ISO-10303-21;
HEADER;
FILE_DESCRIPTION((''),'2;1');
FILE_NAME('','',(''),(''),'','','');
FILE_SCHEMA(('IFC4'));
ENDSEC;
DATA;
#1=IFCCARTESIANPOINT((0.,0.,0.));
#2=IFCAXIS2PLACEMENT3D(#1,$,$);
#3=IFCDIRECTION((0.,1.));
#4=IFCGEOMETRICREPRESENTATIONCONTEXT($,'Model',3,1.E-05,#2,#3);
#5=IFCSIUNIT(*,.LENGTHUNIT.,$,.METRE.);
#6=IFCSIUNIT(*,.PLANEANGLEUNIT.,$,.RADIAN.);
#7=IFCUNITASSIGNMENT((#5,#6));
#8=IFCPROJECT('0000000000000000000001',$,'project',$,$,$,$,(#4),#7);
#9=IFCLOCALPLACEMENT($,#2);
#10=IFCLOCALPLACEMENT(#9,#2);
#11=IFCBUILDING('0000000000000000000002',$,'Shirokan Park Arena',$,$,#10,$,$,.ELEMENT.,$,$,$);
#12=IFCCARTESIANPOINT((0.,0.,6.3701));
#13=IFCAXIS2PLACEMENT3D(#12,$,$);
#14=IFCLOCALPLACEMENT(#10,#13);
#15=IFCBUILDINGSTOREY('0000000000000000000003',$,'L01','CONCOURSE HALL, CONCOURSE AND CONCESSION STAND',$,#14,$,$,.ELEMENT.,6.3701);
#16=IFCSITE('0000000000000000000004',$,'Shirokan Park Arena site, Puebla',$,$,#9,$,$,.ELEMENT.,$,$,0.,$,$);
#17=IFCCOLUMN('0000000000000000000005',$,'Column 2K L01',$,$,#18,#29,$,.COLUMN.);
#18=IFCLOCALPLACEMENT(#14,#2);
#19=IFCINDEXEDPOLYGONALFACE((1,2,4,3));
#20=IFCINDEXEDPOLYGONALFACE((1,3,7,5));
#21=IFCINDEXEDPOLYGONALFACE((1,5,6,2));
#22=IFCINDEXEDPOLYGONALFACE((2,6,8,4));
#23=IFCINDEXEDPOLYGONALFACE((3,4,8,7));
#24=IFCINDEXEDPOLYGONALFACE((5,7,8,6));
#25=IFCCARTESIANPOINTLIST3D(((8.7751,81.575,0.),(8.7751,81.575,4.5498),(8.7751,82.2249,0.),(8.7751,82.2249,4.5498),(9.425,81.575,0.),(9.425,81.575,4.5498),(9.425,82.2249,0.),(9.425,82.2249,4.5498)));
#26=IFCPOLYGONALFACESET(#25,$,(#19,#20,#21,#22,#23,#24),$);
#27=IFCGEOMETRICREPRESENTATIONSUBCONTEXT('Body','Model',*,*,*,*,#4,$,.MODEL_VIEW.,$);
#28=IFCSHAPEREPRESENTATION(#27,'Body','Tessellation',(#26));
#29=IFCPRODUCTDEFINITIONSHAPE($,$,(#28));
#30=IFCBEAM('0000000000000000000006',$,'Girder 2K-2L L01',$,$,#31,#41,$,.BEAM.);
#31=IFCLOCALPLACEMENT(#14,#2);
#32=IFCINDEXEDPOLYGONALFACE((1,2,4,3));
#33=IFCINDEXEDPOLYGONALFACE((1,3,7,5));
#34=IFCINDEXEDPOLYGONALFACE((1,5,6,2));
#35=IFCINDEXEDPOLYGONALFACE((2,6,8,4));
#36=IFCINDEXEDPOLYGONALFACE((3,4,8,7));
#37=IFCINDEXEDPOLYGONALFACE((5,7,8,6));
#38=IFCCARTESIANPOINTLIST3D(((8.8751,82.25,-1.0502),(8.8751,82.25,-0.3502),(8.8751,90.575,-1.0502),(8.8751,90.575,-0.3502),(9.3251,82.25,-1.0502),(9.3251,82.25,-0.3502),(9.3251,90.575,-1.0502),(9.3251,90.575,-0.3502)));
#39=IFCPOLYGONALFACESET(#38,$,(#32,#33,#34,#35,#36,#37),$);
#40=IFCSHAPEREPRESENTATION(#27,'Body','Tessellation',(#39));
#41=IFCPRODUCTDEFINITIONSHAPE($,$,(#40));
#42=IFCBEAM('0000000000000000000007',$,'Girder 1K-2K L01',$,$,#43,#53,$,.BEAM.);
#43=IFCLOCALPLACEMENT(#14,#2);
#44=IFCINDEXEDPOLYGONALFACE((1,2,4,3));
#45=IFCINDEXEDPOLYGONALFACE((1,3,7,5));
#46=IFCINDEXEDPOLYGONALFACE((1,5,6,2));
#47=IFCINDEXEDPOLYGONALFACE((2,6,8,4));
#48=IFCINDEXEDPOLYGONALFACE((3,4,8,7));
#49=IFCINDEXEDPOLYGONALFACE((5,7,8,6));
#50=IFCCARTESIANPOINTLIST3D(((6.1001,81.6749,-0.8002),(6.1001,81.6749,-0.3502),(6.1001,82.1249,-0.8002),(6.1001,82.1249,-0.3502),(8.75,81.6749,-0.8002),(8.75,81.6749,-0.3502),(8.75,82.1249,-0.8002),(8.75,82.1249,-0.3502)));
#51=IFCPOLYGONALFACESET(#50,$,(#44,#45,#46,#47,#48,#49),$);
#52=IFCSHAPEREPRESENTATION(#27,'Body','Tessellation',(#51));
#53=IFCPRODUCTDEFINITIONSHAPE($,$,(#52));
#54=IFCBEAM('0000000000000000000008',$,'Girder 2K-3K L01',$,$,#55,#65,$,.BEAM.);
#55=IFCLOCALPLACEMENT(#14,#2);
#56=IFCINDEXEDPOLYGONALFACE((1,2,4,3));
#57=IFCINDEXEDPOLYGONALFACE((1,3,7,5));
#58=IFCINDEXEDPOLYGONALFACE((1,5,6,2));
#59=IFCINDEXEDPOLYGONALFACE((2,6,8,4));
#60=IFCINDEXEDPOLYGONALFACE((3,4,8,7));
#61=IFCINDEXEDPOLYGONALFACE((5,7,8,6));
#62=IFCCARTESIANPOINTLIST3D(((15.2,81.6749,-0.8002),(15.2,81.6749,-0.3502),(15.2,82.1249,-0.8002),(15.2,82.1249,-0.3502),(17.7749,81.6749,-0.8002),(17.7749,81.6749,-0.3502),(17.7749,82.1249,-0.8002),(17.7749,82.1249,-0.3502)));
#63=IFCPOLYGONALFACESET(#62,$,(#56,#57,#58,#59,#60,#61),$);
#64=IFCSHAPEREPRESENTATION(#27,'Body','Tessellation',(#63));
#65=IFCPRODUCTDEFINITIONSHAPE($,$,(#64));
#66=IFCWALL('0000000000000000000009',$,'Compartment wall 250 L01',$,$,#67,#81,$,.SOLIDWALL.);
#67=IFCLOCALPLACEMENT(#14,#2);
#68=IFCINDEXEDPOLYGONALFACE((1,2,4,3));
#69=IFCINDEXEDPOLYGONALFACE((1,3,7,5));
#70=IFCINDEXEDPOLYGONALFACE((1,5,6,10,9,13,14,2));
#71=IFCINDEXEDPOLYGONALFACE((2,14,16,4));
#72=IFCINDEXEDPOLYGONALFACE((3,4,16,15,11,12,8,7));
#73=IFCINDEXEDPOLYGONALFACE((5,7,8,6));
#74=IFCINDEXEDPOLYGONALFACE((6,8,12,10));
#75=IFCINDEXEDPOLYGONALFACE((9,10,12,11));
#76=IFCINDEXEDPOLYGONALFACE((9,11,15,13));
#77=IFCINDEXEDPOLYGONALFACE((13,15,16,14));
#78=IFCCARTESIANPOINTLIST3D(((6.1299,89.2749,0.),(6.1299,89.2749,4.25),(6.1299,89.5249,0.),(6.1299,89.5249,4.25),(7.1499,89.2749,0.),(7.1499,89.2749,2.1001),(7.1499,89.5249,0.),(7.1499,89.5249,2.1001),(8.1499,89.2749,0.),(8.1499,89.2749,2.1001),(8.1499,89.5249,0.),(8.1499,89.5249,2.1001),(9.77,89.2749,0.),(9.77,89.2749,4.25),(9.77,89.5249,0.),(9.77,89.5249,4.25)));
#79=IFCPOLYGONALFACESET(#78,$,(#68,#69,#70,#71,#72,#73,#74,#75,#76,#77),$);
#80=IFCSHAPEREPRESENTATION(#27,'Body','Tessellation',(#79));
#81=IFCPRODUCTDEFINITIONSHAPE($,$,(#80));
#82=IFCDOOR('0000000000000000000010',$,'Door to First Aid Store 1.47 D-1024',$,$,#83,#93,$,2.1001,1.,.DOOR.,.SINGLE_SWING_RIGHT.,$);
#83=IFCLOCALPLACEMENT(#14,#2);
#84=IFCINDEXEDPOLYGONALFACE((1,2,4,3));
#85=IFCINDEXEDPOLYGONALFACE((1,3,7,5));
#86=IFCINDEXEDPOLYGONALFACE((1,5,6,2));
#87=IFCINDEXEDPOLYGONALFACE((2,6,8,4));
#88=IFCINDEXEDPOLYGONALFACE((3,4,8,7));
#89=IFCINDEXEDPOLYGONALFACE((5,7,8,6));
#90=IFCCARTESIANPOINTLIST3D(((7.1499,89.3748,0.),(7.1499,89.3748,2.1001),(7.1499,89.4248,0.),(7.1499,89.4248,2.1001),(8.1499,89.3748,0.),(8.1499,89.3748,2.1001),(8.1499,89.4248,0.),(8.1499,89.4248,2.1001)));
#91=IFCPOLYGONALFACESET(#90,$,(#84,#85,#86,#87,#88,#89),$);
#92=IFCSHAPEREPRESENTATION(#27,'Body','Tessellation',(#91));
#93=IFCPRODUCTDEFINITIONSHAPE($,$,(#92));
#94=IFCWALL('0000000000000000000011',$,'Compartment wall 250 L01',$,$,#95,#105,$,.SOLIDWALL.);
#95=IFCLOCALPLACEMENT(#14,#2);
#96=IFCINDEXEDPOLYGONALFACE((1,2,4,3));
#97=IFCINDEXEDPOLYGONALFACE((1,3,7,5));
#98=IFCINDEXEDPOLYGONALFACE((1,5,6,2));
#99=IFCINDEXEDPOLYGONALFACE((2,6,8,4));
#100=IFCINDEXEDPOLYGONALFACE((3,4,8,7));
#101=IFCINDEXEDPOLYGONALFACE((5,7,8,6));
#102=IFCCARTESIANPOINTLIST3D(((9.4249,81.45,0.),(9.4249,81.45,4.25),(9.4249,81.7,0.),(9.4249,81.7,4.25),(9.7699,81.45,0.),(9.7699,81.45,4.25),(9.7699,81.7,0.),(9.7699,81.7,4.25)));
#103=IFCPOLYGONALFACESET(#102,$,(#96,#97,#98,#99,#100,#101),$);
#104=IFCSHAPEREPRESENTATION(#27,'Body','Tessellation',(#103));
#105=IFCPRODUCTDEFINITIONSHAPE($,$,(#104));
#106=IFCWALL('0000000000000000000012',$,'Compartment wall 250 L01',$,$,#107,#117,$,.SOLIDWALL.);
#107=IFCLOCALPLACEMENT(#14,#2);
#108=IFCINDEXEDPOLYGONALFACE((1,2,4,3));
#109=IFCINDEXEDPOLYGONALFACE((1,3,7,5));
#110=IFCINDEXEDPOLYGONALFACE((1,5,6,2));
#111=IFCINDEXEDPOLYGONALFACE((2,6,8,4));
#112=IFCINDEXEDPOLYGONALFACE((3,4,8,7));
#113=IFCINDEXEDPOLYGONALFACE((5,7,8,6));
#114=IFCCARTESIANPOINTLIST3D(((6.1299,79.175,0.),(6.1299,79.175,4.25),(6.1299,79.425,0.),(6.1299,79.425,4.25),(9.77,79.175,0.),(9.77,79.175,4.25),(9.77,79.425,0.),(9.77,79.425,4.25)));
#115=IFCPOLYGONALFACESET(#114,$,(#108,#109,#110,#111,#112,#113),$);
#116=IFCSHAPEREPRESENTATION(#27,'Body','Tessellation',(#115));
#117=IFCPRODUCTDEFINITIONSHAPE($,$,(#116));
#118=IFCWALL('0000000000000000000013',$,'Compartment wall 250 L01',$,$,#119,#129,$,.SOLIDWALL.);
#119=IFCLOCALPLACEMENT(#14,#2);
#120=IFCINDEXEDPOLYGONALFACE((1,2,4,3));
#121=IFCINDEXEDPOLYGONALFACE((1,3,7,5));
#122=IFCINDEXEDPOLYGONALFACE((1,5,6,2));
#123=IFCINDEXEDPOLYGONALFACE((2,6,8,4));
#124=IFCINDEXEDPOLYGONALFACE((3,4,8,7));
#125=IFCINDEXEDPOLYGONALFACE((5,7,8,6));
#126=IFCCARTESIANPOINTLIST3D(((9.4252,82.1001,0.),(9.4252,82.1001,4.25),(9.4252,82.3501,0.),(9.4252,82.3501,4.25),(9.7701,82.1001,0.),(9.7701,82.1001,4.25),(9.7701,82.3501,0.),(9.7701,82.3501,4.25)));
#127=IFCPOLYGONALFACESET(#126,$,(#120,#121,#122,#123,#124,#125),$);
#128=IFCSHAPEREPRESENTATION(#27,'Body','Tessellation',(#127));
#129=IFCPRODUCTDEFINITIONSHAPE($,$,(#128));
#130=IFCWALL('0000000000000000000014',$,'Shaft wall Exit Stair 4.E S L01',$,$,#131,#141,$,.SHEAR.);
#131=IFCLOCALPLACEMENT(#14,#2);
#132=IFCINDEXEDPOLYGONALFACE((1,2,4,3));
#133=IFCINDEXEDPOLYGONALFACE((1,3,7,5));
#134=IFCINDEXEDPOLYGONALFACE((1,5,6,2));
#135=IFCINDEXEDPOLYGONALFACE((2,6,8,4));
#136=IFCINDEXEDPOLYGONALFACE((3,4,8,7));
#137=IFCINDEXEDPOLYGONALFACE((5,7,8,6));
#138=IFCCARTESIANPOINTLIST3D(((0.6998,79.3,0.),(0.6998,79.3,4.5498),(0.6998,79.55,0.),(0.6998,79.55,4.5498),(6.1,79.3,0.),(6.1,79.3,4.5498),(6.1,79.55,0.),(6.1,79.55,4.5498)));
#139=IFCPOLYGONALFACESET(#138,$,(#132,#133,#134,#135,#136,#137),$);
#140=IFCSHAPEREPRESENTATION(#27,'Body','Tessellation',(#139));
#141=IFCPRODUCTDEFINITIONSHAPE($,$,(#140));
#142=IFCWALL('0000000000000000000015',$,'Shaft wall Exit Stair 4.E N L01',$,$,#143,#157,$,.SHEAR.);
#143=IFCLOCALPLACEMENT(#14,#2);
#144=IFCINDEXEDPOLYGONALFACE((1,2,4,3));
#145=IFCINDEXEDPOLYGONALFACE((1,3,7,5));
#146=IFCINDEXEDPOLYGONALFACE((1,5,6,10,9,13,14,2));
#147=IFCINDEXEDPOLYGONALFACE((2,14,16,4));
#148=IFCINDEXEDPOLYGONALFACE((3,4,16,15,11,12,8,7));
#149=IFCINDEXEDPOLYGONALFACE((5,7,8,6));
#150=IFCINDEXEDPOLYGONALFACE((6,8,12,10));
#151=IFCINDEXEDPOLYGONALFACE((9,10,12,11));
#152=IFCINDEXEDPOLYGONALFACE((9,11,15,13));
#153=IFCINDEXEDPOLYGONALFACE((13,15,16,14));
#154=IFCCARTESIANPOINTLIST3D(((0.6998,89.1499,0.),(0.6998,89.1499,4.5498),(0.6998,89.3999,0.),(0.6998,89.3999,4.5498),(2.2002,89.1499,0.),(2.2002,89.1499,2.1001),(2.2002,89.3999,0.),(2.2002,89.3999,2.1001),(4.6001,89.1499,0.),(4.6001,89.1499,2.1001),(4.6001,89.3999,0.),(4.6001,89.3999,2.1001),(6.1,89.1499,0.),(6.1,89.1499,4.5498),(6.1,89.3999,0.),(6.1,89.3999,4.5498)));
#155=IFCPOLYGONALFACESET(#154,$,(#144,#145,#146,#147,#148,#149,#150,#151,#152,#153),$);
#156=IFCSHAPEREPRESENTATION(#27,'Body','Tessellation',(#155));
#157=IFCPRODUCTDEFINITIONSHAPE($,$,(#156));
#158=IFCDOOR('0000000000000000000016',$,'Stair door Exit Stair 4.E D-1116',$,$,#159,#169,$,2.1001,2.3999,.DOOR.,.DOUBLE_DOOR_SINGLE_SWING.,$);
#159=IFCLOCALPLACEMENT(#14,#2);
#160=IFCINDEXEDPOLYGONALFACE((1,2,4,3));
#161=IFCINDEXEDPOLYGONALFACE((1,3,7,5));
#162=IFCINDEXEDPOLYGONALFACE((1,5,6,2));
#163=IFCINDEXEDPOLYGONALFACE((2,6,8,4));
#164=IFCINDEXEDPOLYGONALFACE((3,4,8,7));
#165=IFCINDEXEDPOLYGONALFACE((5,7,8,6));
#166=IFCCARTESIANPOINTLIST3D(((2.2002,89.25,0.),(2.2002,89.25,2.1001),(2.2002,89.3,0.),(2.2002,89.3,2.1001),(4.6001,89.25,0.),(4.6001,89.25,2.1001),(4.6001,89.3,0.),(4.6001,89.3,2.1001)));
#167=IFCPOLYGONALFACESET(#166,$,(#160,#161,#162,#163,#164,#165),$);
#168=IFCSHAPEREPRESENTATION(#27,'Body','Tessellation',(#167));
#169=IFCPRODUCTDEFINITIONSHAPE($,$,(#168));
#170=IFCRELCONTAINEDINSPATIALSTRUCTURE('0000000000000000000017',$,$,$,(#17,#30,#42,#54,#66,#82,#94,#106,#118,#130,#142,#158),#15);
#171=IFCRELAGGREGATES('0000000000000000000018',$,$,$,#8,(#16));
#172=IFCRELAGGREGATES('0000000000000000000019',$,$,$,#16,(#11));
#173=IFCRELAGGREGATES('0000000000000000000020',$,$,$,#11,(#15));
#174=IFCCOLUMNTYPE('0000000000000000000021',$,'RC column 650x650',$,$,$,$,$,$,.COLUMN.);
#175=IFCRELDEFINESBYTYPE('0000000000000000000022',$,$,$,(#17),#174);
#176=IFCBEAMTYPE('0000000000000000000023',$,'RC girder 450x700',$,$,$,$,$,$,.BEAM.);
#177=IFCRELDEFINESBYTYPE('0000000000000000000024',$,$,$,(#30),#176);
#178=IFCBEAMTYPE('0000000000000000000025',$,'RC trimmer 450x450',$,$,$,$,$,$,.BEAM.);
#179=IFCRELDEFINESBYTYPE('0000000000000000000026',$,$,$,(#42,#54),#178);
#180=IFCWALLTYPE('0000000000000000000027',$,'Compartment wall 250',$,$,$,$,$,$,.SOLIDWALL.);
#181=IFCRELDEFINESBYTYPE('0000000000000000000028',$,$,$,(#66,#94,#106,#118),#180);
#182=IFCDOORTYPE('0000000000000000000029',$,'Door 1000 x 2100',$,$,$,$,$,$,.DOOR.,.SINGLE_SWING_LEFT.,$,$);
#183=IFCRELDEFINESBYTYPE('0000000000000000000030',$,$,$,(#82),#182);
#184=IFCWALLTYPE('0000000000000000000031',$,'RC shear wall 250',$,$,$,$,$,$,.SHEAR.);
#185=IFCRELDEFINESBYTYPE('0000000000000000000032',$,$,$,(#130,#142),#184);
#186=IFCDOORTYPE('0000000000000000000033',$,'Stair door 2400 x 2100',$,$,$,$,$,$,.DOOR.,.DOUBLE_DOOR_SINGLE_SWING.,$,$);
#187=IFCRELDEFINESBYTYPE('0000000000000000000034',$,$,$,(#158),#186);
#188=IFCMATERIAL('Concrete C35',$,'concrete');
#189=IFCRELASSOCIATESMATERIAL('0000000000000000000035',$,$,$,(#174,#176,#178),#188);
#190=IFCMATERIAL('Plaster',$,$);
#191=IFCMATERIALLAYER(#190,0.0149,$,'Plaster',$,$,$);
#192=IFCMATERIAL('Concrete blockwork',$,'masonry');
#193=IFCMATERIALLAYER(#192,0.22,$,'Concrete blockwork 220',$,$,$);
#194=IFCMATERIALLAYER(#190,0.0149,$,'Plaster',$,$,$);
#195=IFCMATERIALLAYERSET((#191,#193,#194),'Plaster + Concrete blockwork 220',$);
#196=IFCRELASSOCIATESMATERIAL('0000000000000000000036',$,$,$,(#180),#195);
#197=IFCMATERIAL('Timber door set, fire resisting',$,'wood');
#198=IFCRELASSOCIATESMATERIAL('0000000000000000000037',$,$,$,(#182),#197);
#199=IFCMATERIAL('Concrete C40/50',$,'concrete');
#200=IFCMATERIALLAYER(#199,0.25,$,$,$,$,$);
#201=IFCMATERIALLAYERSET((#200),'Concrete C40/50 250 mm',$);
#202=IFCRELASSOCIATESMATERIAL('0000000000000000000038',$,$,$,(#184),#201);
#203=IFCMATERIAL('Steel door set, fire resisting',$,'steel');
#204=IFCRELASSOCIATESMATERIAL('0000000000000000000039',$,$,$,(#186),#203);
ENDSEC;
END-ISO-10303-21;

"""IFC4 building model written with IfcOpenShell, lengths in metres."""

from ifc_helpers import new_model, si_unit, direction, frame, frame_2d, origin, origin_2d, place, context, subcontext, project, spatial, rectangle, extrude, material, layer, layer_set, material_profile, profile_set, type_object, element, fill, save


model = new_model("IFC4")

# Units and contexts
model_context = context("Model", 3, precision=1e-05, world=origin(), true_north=direction((0.0, 1.0)))
body_context = subcontext(model_context, "Body", "Model", "MODEL_VIEW")
ifc_project = project(units=[si_unit("LENGTHUNIT", "METRE"), si_unit("PLANEANGLEUNIT", "RADIAN")], contexts=[model_context])

# Site, building, storey
site_placement = place(None, origin())
site = spatial("IfcSite", under=ifc_project, at=site_placement, Name="Shirokan Park Arena site, Puebla", CompositionType="ELEMENT", RefElevation=0.0)
building_placement = place(site_placement, origin())
building = spatial("IfcBuilding", under=site, at=building_placement, Name="Shirokan Park Arena", CompositionType="ELEMENT")
storey_placement = place(building_placement, frame((0.0, 0.0, 6.3701)))
storey = spatial("IfcBuildingStorey", under=building, at=storey_placement, Name="L01", Description="CONCOURSE HALL, CONCOURSE AND CONCESSION STAND", CompositionType="ELEMENT", Elevation=6.3701)

# Column
ifc_material_1 = material(Name="Concrete C35", Category="concrete")
ifc_material_profile_1 = material_profile(ifc_material_1, rectangle(XDim=0.6499, YDim=0.6499, at=origin_2d()), Name="650x650")
ifc_profile_set_1 = profile_set([ifc_material_profile_1], Name="Concrete C35")
column_type = type_object("IfcColumnType", Name="RC column 650x650", PredefinedType="COLUMN", material=ifc_profile_set_1)
column_placement = place(storey_placement, frame((9.1001, 81.8999, 0.0), z_axis=(0.0, 0.0, 1.0), x_axis=(1.0, 0.0, 0.0)))
element("IfcColumn", 1, at=column_placement, inside=storey, type_object=column_type, Name="Column 2K L01", PredefinedType="COLUMN", context=body_context, shape_type="SweptSolid", body=[
    extrude(rectangle(XDim=0.6499, YDim=0.6499, at=origin_2d()), origin(), (0.0, 0.0, 1.0), 4.5498),
])

# Beams
ifc_material_profile_2 = material_profile(ifc_material_1, rectangle(XDim=0.45, YDim=0.7, at=origin_2d()), Name="450x700")
ifc_profile_set_2 = profile_set([ifc_material_profile_2], Name="Concrete C35")
beam_type_1 = type_object("IfcBeamType", Name="RC girder 450x700", PredefinedType="BEAM", material=ifc_profile_set_2)
beam_1_placement = place(storey_placement, frame((9.1001, 82.25, -0.7002), z_axis=(0.0, 1.0, 0.0), x_axis=(-1.0, 0.0, 0.0)))
element("IfcBeam", 2, at=beam_1_placement, inside=storey, type_object=beam_type_1, Name="Girder 2K-2L L01", PredefinedType="BEAM", context=body_context, shape_type="SweptSolid", body=[
    extrude(rectangle(XDim=0.45, YDim=0.7, at=origin_2d()), origin(), (0.0, 0.0, 1.0), 8.325),
])
ifc_material_profile_3 = material_profile(ifc_material_1, rectangle(XDim=0.45, YDim=0.45, at=origin_2d()), Name="450x450")
ifc_profile_set_3 = profile_set([ifc_material_profile_3], Name="Concrete C35")
beam_type_2 = type_object("IfcBeamType", Name="RC trimmer 450x450", PredefinedType="BEAM", material=ifc_profile_set_3)
beam_2_placement = place(storey_placement, frame((6.1001, 81.8999, -0.5752), z_axis=(1.0, 0.0, 0.0), x_axis=(0.0, 1.0, 0.0)))
element("IfcBeam", 3, at=beam_2_placement, inside=storey, type_object=beam_type_2, Name="Girder 1K-2K L01", PredefinedType="BEAM", context=body_context, shape_type="SweptSolid", body=[
    extrude(rectangle(XDim=0.45, YDim=0.45, at=origin_2d()), origin(), (0.0, 0.0, 1.0), 2.6499),
])
beam_3_placement = place(storey_placement, frame((15.2, 81.8999, -0.5752), z_axis=(1.0, 0.0, 0.0), x_axis=(0.0, 1.0, 0.0)))
element("IfcBeam", 4, at=beam_3_placement, inside=storey, type_object=beam_type_2, Name="Girder 2K-3K L01", PredefinedType="BEAM", context=body_context, shape_type="SweptSolid", body=[
    extrude(rectangle(XDim=0.45, YDim=0.45, at=origin_2d()), origin(), (0.0, 0.0, 1.0), 2.575),
])

# Wall, opening, door
ifc_material_2 = material(Name="Plaster")
ifc_layer_1 = layer(ifc_material_2, 0.0149, Name="Plaster")
ifc_material_3 = material(Name="Concrete blockwork", Category="masonry")
ifc_layer_2 = layer(ifc_material_3, 0.22, Name="Concrete blockwork 220")
ifc_layer_3 = layer(ifc_material_2, 0.0149, Name="Plaster")
ifc_layer_set_1 = layer_set([ifc_layer_1, ifc_layer_2, ifc_layer_3], Name="Plaster + Concrete blockwork 220")
wall_type_1 = type_object("IfcWallType", Name="Compartment wall 250", PredefinedType="SOLIDWALL", material=ifc_layer_set_1)
wall_1_placement = place(storey_placement, frame((6.1299, 89.3999, 0.0), z_axis=(0.0, 0.0, 1.0), x_axis=(1.0, 0.0, 0.0)))
wall_1 = element("IfcWall", 5, at=wall_1_placement, inside=storey, type_object=wall_type_1, Name="Compartment wall 250 L01", PredefinedType="SOLIDWALL", context=body_context, shape_type="SweptSolid", body=[
    extrude(rectangle(XDim=3.6401, YDim=0.25, at=frame_2d((1.8201, 0.0))), origin(), (0.0, 0.0, 1.0), 4.25),
])
opening_1_placement = place(wall_1_placement, frame((1.02, 0.0, 0.0)))
opening_1 = element("IfcOpeningElement", 6, at=opening_1_placement, cuts=wall_1, PredefinedType="OPENING", context=body_context, shape_type="SweptSolid", body=[
    extrude(rectangle(XDim=1.0, YDim=2.1001, at=frame_2d((0.5, 1.05))), frame((0.0, 0.135, 0.0), z_axis=(0.0, -1.0, 0.0), x_axis=(1.0, 0.0, 0.0)), (0.0, 0.0, 1.0), 0.27),
])
ifc_material_4 = material(Name="Timber door set, fire resisting", Category="wood")
door_type_1 = type_object("IfcDoorType", Name="Door 1000 x 2100", OperationType="SINGLE_SWING_LEFT", PredefinedType="DOOR", material=ifc_material_4)
door_1_placement = place(opening_1_placement, origin())
door_1 = element("IfcDoor", 7, at=door_1_placement, inside=storey, type_object=door_type_1, Name="Door to First Aid Store 1.47 D-1024", OperationType="SINGLE_SWING_RIGHT", OverallHeight=2.1001, OverallWidth=1.0, PredefinedType="DOOR", context=body_context, shape_type="SweptSolid", body=[
    extrude(rectangle(XDim=1.0, YDim=2.1001, at=frame_2d((0.5, 1.05))), frame((0.0, 0.0249, 0.0), z_axis=(0.0, -1.0, 0.0), x_axis=(1.0, 0.0, 0.0)), (0.0, 0.0, 1.0), 0.05),
])
fill(opening_1, door_1)

# Walls
wall_2_placement = place(storey_placement, frame((9.425, 81.575, 0.0), z_axis=(0.0, 0.0, 1.0), x_axis=(1.0, 0.0, 0.0)))
element("IfcWall", 8, at=wall_2_placement, inside=storey, type_object=wall_type_1, Name="Compartment wall 250 L01", PredefinedType="SOLIDWALL", context=body_context, shape_type="SweptSolid", body=[
    extrude(rectangle(XDim=0.345, YDim=0.25, at=frame_2d((0.1724, 0.0))), origin(), (0.0, 0.0, 1.0), 4.25),
])
wall_3_placement = place(storey_placement, frame((9.77, 79.3, 0.0), z_axis=(0.0, 0.0, 1.0), x_axis=(-1.0, 0.0, 0.0)))
element("IfcWall", 9, at=wall_3_placement, inside=storey, type_object=wall_type_1, Name="Compartment wall 250 L01", PredefinedType="SOLIDWALL", context=body_context, shape_type="SweptSolid", body=[
    extrude(rectangle(XDim=3.6401, YDim=0.25, at=frame_2d((1.8201, 0.0))), origin(), (0.0, 0.0, 1.0), 4.25),
])
wall_4_placement = place(storey_placement, frame((9.77, 82.2251, 0.0), z_axis=(0.0, 0.0, 1.0), x_axis=(-1.0, 0.0, 0.0)))
element("IfcWall", 10, at=wall_4_placement, inside=storey, type_object=wall_type_1, Name="Compartment wall 250 L01", PredefinedType="SOLIDWALL", context=body_context, shape_type="SweptSolid", body=[
    extrude(rectangle(XDim=0.345, YDim=0.25, at=frame_2d((0.1724, 0.0))), origin(), (0.0, 0.0, 1.0), 4.25),
])
ifc_material_5 = material(Name="Concrete C40/50", Category="concrete")
ifc_layer_4 = layer(ifc_material_5, 0.25)
ifc_layer_set_2 = layer_set([ifc_layer_4], Name="Concrete C40/50 250 mm")
wall_type_2 = type_object("IfcWallType", Name="RC shear wall 250", PredefinedType="SHEAR", material=ifc_layer_set_2)
wall_5_placement = place(storey_placement, frame((6.1001, 79.425, 0.0), z_axis=(0.0, 0.0, 1.0), x_axis=(-1.0, 0.0, 0.0)))
element("IfcWall", 11, at=wall_5_placement, inside=storey, type_object=wall_type_2, Name="Shaft wall Exit Stair 4.E S L01", PredefinedType="SHEAR", context=body_context, shape_type="SweptSolid", body=[
    extrude(rectangle(XDim=5.4001, YDim=0.25, at=frame_2d((2.7002, 0.0))), origin(), (0.0, 0.0, 1.0), 4.5498),
])

# Wall, opening, door
wall_6_placement = place(storey_placement, frame((6.1001, 89.2749, 0.0), z_axis=(0.0, 0.0, 1.0), x_axis=(-1.0, 0.0, 0.0)))
wall_6 = element("IfcWall", 12, at=wall_6_placement, inside=storey, type_object=wall_type_2, Name="Shaft wall Exit Stair 4.E N L01", PredefinedType="SHEAR", context=body_context, shape_type="SweptSolid", body=[
    extrude(rectangle(XDim=5.4001, YDim=0.25, at=frame_2d((2.7002, 0.0))), origin(), (0.0, 0.0, 1.0), 4.5498),
])
opening_2_placement = place(wall_6_placement, frame((1.5, 0.0, 0.0)))
opening_2 = element("IfcOpeningElement", 13, at=opening_2_placement, cuts=wall_6, PredefinedType="OPENING", context=body_context, shape_type="SweptSolid", body=[
    extrude(rectangle(XDim=2.3999, YDim=2.1001, at=frame_2d((1.2, 1.05))), frame((0.0, 0.135, 0.0), z_axis=(0.0, -1.0, 0.0), x_axis=(1.0, 0.0, 0.0)), (0.0, 0.0, 1.0), 0.27),
])
ifc_material_6 = material(Name="Steel door set, fire resisting", Category="steel")
door_type_2 = type_object("IfcDoorType", Name="Stair door 2400 x 2100", OperationType="DOUBLE_DOOR_SINGLE_SWING", PredefinedType="DOOR", material=ifc_material_6)
door_2_placement = place(opening_2_placement, origin())
door_2 = element("IfcDoor", 14, at=door_2_placement, inside=storey, type_object=door_type_2, Name="Stair door Exit Stair 4.E D-1116", OperationType="DOUBLE_DOOR_SINGLE_SWING", OverallHeight=2.1001, OverallWidth=2.3999, PredefinedType="DOOR", context=body_context, shape_type="SweptSolid", body=[
    extrude(rectangle(XDim=2.3999, YDim=2.1001, at=frame_2d((1.2, 1.05))), frame((0.0, 0.0249, 0.0), z_axis=(0.0, -1.0, 0.0), x_axis=(1.0, 0.0, 0.0)), (0.0, 0.0, 1.0), 0.05),
])
fill(opening_2, door_2)

save(model, "model.ifc")
